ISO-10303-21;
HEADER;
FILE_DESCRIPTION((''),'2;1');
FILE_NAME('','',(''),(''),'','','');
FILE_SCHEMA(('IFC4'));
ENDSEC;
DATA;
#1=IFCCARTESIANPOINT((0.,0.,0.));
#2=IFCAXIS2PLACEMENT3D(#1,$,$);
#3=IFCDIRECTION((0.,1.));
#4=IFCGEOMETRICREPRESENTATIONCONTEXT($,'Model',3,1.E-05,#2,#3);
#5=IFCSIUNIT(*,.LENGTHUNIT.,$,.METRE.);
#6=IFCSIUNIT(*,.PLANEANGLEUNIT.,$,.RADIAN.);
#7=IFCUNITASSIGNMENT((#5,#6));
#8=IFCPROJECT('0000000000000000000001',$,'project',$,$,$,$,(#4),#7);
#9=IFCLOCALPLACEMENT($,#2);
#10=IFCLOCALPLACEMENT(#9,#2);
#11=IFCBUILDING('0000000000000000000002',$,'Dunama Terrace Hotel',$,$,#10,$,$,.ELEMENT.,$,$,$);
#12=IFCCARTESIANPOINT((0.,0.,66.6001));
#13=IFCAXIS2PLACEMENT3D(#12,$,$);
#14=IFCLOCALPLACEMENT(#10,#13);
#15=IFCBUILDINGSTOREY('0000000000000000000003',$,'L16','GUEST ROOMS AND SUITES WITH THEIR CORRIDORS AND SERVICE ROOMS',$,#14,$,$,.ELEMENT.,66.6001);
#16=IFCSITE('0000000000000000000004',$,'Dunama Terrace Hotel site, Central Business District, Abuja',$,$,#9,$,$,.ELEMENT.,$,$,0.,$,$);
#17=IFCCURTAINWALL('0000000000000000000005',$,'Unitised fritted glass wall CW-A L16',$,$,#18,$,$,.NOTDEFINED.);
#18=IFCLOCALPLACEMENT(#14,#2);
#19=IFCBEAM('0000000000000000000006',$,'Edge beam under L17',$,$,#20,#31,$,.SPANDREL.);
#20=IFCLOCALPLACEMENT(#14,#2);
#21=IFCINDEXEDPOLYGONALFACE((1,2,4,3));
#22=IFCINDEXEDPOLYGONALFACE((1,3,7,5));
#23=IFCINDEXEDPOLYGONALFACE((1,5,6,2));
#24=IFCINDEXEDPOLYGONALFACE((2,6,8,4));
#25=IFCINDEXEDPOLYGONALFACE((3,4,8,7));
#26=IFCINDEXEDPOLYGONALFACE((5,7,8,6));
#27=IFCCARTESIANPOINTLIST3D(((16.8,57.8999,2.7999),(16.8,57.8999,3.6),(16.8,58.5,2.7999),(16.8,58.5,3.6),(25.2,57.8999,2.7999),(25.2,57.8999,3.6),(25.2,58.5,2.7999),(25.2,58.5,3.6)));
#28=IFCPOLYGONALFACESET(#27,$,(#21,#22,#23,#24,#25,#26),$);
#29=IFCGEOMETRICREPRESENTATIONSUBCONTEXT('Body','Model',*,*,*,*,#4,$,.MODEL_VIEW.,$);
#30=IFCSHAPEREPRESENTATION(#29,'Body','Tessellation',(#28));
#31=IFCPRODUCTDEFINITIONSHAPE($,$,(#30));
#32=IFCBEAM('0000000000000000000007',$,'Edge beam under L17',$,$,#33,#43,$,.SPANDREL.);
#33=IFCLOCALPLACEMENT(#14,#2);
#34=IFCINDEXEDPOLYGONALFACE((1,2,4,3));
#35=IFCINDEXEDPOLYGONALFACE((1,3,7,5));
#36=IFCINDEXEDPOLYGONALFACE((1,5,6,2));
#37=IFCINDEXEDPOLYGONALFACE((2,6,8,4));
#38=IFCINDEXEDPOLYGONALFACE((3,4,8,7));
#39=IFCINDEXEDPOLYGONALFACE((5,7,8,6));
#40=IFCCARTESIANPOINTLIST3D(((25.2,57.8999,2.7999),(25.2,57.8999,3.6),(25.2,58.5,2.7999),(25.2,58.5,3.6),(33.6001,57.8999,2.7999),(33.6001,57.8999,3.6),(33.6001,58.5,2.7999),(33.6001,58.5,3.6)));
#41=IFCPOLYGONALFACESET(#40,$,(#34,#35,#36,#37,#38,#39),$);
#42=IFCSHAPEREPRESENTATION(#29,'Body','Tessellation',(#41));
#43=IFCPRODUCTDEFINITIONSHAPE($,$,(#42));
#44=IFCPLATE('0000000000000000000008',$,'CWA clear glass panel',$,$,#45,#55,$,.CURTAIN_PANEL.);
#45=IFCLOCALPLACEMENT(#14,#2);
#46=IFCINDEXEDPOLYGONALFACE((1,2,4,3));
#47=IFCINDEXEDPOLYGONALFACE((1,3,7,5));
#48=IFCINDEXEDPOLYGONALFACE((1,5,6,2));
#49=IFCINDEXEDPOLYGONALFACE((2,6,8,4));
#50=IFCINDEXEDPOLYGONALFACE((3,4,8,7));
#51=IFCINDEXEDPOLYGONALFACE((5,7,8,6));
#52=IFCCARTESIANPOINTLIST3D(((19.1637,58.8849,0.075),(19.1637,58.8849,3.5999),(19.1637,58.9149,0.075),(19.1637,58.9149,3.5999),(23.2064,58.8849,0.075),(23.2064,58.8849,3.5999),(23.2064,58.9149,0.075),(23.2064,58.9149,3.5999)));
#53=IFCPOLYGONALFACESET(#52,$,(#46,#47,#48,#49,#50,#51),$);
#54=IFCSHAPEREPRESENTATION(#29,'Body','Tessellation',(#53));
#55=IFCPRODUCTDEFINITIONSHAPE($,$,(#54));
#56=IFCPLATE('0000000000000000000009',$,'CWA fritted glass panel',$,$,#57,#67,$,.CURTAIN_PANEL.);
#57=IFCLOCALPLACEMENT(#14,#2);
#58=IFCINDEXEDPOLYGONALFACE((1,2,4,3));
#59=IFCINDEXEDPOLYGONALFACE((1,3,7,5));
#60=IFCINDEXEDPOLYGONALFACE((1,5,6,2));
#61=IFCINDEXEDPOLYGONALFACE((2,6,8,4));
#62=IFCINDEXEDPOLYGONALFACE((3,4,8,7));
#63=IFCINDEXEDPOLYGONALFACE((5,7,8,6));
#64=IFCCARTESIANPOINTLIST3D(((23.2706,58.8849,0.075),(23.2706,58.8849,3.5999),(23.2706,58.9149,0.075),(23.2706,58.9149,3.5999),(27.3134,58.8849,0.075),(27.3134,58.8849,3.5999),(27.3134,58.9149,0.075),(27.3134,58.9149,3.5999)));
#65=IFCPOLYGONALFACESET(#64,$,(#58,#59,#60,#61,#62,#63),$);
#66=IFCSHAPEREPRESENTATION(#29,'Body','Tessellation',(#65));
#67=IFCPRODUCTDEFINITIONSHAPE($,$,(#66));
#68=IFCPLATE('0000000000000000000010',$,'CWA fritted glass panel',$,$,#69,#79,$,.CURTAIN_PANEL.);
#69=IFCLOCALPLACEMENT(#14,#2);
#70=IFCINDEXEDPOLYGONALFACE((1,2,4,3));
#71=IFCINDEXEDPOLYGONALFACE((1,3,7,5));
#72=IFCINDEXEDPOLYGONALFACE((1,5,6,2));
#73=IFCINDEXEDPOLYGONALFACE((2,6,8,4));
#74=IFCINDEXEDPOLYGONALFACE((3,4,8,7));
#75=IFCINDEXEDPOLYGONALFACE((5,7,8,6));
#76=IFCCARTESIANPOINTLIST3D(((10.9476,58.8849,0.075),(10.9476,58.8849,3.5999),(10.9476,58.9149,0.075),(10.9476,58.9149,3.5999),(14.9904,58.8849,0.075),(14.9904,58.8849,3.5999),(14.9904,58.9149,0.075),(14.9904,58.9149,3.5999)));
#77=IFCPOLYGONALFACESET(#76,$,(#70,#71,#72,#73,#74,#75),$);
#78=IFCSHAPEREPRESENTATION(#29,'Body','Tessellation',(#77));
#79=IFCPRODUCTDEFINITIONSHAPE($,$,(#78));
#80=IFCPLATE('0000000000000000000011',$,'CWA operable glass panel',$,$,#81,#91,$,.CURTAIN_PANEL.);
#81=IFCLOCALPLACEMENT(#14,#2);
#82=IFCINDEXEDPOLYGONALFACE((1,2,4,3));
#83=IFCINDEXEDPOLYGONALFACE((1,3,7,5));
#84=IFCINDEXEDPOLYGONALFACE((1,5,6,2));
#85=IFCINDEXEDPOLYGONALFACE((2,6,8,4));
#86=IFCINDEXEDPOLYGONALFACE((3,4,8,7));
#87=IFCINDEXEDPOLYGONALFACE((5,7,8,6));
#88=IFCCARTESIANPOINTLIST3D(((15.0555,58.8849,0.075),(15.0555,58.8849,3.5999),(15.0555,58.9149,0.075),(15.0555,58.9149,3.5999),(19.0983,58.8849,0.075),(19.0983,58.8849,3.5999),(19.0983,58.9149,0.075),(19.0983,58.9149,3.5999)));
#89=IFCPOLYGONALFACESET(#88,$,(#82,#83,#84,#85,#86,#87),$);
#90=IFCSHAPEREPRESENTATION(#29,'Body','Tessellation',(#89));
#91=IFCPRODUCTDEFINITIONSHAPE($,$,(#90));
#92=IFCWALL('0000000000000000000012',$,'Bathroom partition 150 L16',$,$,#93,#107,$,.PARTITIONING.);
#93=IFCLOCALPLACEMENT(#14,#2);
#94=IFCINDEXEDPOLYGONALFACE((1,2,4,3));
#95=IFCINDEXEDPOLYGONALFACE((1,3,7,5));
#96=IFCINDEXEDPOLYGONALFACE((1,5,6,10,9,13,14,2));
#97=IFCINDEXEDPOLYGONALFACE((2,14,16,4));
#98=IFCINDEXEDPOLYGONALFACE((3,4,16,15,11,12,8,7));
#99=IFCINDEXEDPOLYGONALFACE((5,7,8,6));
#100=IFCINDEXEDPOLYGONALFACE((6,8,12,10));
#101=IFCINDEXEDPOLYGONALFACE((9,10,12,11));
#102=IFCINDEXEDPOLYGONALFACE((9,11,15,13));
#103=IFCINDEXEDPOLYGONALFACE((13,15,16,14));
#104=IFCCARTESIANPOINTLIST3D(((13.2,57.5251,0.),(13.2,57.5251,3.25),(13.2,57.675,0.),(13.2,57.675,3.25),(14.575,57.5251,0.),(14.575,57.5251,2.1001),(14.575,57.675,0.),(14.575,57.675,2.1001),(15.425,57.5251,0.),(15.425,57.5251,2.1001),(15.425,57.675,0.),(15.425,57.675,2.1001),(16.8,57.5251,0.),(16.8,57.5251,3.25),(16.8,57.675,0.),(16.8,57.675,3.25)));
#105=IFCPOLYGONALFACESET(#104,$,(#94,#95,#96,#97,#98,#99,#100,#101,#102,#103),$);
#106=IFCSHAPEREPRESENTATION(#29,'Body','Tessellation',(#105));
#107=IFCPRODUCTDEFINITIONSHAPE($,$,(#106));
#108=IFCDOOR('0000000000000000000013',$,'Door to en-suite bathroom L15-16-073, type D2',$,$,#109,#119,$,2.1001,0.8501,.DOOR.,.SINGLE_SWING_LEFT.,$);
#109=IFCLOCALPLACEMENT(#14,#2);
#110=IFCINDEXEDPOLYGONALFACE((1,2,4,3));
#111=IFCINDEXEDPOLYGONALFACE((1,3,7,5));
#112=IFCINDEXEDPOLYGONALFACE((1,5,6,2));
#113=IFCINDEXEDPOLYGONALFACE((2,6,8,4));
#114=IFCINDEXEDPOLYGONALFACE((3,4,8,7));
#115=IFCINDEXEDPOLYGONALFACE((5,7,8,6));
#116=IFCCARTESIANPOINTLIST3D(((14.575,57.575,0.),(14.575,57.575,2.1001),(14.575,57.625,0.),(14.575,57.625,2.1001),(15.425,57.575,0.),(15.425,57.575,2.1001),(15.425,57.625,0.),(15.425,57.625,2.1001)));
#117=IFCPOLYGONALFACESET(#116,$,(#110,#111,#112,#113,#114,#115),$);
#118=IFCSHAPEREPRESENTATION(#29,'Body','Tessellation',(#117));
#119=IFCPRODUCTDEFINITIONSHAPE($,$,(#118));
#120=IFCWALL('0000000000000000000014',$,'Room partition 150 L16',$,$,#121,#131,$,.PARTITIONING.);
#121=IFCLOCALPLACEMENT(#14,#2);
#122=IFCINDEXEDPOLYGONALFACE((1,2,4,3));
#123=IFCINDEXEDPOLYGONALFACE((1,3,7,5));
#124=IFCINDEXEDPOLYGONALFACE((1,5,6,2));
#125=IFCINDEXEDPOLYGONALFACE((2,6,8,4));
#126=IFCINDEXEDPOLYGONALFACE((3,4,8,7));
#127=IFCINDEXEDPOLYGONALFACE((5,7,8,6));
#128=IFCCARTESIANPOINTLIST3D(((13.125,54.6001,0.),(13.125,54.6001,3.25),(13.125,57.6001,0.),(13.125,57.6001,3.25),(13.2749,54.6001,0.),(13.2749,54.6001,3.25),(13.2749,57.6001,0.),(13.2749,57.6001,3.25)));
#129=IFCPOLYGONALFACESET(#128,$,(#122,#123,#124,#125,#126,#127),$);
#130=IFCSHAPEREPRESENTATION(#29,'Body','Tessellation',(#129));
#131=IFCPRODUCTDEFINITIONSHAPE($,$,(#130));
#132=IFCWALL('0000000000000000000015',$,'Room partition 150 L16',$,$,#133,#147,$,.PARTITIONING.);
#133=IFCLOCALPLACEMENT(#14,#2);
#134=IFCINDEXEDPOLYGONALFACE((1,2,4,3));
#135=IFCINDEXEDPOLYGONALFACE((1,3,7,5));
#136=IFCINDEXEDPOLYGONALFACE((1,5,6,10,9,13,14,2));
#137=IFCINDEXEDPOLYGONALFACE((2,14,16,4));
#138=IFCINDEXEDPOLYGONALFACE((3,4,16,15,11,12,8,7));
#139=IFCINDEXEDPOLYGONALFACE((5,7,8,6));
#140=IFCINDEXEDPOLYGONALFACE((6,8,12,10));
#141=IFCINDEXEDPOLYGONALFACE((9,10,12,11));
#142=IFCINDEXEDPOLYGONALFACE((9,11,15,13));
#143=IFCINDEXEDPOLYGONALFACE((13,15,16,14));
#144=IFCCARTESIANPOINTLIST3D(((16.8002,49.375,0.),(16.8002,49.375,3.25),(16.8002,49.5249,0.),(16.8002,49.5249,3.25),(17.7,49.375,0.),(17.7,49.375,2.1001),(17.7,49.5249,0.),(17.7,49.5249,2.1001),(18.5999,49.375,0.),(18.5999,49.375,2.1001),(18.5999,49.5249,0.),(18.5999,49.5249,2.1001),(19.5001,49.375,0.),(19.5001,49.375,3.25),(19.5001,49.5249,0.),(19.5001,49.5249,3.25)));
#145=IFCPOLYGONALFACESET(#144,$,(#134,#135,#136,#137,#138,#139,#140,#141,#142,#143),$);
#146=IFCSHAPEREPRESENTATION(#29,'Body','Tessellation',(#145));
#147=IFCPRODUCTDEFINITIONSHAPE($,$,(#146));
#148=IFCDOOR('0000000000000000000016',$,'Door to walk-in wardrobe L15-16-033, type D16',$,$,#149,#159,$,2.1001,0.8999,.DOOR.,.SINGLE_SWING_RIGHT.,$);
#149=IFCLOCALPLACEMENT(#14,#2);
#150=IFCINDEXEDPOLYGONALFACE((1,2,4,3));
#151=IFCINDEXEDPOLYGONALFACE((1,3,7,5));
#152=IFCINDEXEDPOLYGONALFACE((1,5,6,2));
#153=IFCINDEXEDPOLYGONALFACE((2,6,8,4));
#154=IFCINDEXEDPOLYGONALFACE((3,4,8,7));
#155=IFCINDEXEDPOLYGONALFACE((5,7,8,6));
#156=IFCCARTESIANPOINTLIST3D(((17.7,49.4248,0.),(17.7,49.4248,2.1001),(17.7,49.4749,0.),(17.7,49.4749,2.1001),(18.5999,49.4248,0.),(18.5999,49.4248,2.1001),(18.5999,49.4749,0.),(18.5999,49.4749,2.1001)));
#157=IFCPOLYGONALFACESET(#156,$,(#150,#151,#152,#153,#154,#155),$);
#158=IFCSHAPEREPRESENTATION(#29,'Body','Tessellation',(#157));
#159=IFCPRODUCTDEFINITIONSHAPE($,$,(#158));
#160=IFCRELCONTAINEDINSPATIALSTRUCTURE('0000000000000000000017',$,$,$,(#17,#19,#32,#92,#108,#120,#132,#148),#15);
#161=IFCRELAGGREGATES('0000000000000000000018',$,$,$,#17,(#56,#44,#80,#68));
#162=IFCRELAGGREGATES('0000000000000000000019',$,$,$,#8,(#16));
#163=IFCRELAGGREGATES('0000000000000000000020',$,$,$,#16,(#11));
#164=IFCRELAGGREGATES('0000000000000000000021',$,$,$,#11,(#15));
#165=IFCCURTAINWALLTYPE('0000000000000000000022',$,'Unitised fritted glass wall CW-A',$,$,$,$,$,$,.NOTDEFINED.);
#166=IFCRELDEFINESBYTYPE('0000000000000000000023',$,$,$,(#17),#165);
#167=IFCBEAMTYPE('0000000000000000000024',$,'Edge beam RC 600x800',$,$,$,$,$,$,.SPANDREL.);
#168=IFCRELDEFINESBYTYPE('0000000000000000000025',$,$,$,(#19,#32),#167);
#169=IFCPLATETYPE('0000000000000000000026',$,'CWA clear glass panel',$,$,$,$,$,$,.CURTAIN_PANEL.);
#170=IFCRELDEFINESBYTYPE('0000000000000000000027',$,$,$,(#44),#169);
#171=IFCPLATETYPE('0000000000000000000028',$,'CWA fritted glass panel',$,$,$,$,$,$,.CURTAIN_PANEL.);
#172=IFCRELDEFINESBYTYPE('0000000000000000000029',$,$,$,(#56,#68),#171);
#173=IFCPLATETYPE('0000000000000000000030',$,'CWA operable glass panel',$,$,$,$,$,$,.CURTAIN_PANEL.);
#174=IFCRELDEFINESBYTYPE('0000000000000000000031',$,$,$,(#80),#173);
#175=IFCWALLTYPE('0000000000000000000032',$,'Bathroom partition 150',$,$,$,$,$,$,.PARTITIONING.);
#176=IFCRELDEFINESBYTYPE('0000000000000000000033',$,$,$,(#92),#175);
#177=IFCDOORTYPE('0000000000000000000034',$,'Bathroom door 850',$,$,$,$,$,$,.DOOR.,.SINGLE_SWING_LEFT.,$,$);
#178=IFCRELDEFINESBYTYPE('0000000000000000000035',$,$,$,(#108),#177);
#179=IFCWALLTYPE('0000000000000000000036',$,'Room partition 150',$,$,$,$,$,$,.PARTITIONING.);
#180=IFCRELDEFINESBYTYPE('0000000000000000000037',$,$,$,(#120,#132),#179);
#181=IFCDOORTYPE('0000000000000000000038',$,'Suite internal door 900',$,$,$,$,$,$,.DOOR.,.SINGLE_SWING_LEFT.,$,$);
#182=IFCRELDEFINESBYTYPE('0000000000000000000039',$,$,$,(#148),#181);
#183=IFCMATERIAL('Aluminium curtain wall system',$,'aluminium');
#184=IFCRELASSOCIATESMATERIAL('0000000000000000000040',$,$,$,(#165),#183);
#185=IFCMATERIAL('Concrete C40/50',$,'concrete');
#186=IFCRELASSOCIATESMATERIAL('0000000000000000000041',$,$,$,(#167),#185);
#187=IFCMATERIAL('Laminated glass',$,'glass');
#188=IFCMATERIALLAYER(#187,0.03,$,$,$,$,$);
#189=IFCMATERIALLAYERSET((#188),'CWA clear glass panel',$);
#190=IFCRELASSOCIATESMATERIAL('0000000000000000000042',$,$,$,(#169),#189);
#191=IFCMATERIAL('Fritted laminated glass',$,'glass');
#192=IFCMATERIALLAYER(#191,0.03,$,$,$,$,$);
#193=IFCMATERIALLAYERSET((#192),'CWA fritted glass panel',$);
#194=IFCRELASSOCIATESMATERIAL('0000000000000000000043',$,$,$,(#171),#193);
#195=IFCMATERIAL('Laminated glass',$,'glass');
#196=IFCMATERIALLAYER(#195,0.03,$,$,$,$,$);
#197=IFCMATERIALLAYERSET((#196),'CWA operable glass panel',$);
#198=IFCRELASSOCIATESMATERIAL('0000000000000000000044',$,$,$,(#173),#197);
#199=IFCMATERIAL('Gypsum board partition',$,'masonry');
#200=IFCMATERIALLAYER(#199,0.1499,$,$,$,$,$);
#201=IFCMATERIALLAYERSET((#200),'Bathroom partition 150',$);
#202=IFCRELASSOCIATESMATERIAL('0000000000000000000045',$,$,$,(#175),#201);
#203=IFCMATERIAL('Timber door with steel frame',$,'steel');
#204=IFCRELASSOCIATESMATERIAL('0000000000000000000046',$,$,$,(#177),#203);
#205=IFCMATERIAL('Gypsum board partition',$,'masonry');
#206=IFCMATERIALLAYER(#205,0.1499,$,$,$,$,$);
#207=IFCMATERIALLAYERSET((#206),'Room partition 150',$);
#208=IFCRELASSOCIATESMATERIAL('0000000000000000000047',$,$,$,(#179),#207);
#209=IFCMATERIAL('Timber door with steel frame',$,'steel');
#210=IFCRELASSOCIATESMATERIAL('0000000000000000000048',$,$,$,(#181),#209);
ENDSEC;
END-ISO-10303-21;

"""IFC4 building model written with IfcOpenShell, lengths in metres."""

from ifc_helpers import new_model, si_unit, direction, frame, frame_2d, origin, origin_2d, place, context, subcontext, project, spatial, rectangle, extrude, material, layer, layer_set, material_profile, profile_set, type_object, element, fill, aggregate, save


model = new_model("IFC4")

# Units and contexts
model_context = context("Model", 3, precision=1e-05, world=origin(), true_north=direction((0.0, 1.0)))
body_context = subcontext(model_context, "Body", "Model", "MODEL_VIEW")
ifc_project = project(units=[si_unit("LENGTHUNIT", "METRE"), si_unit("PLANEANGLEUNIT", "RADIAN")], contexts=[model_context])

# Site, building, storey
site_placement = place(None, origin())
site = spatial("IfcSite", under=ifc_project, at=site_placement, Name="Dunama Terrace Hotel site, Central Business District, Abuja", CompositionType="ELEMENT", RefElevation=0.0)
building_placement = place(site_placement, origin())
building = spatial("IfcBuilding", under=site, at=building_placement, Name="Dunama Terrace Hotel", CompositionType="ELEMENT")
storey_placement = place(building_placement, frame((0.0, 0.0, 66.6001)))
storey = spatial("IfcBuildingStorey", under=building, at=storey_placement, Name="L16", Description="GUEST ROOMS AND SUITES WITH THEIR CORRIDORS AND SERVICE ROOMS", CompositionType="ELEMENT", Elevation=66.6001)

# Curtain wall
ifc_material_1 = material(Name="Aluminium curtain wall system", Category="aluminium")
curtain_wall_type = type_object("IfcCurtainWallType", Name="Unitised fritted glass wall CW-A", PredefinedType="NOTDEFINED", material=ifc_material_1)
curtain_wall_placement = place(storey_placement, origin())
curtain_wall = element("IfcCurtainWall", 1, at=curtain_wall_placement, inside=storey, type_object=curtain_wall_type, Name="Unitised fritted glass wall CW-A L16", PredefinedType="NOTDEFINED")

# Beams
ifc_material_2 = material(Name="Concrete C40/50", Category="concrete")
ifc_material_profile_1 = material_profile(ifc_material_2, rectangle(XDim=0.6001, YDim=0.8, at=origin_2d()), Name="RC 600x800")
ifc_profile_set_1 = profile_set([ifc_material_profile_1], Name="Concrete C40/50")
beam_type = type_object("IfcBeamType", Name="Edge beam RC 600x800", PredefinedType="SPANDREL", material=ifc_profile_set_1)
beam_1_placement = place(storey_placement, frame((16.8, 58.2, 3.2), z_axis=(1.0, 0.0, 0.0), x_axis=(0.0, 1.0, 0.0)))
element("IfcBeam", 2, at=beam_1_placement, inside=storey, type_object=beam_type, Name="Edge beam under L17", PredefinedType="SPANDREL", context=body_context, shape_type="SweptSolid", body=[
    extrude(rectangle(XDim=0.6001, YDim=0.8, at=origin_2d()), origin(), (0.0, 0.0, 1.0), 8.3999),
])
beam_2_placement = place(storey_placement, frame((25.2, 58.2, 3.2), z_axis=(1.0, 0.0, 0.0), x_axis=(0.0, 1.0, 0.0)))
element("IfcBeam", 3, at=beam_2_placement, inside=storey, type_object=beam_type, Name="Edge beam under L17", PredefinedType="SPANDREL", context=body_context, shape_type="SweptSolid", body=[
    extrude(rectangle(XDim=0.6001, YDim=0.8, at=origin_2d()), origin(), (0.0, 0.0, 1.0), 8.4001),
])

# Plates
ifc_material_3 = material(Name="Laminated glass", Category="glass")
ifc_layer_1 = layer(ifc_material_3, 0.03)
ifc_layer_set_1 = layer_set([ifc_layer_1], Name="CWA clear glass panel")
plate_type_1 = type_object("IfcPlateType", Name="CWA clear glass panel", PredefinedType="CURTAIN_PANEL", material=ifc_layer_set_1)
plate_1_placement = place(storey_placement, frame((21.1851, 58.8999, 0.075), z_axis=(0.0, 0.0, 1.0), x_axis=(-1.0, 0.0, 0.0)))
plate_1 = element("IfcPlate", 4, at=plate_1_placement, type_object=plate_type_1, Name="CWA clear glass panel", PredefinedType="CURTAIN_PANEL", context=body_context, shape_type="SweptSolid", body=[
    extrude(rectangle(XDim=4.0427, YDim=0.03, at=origin_2d()), origin(), (0.0, 0.0, 1.0), 3.5249),
])
ifc_material_4 = material(Name="Fritted laminated glass", Category="glass")
ifc_layer_2 = layer(ifc_material_4, 0.03)
ifc_layer_set_2 = layer_set([ifc_layer_2], Name="CWA fritted glass panel")
plate_type_2 = type_object("IfcPlateType", Name="CWA fritted glass panel", PredefinedType="CURTAIN_PANEL", material=ifc_layer_set_2)
plate_2_placement = place(storey_placement, frame((25.292, 58.8999, 0.075), z_axis=(0.0, 0.0, 1.0), x_axis=(-1.0, 0.0, 0.0)))
plate_2 = element("IfcPlate", 5, at=plate_2_placement, type_object=plate_type_2, Name="CWA fritted glass panel", PredefinedType="CURTAIN_PANEL", context=body_context, shape_type="SweptSolid", body=[
    extrude(rectangle(XDim=4.0427, YDim=0.03, at=origin_2d()), origin(), (0.0, 0.0, 1.0), 3.5249),
])
plate_3_placement = place(storey_placement, frame((12.969, 58.8999, 0.075), z_axis=(0.0, 0.0, 1.0), x_axis=(-1.0, 0.0, 0.0)))
plate_3 = element("IfcPlate", 6, at=plate_3_placement, type_object=plate_type_2, Name="CWA fritted glass panel", PredefinedType="CURTAIN_PANEL", context=body_context, shape_type="SweptSolid", body=[
    extrude(rectangle(XDim=4.0427, YDim=0.03, at=origin_2d()), origin(), (0.0, 0.0, 1.0), 3.5249),
])
ifc_material_5 = material(Name="Laminated glass", Category="glass")
ifc_layer_3 = layer(ifc_material_5, 0.03)
ifc_layer_set_3 = layer_set([ifc_layer_3], Name="CWA operable glass panel")
plate_type_3 = type_object("IfcPlateType", Name="CWA operable glass panel", PredefinedType="CURTAIN_PANEL", material=ifc_layer_set_3)
plate_4_placement = place(storey_placement, frame((17.0769, 58.8999, 0.075), z_axis=(0.0, 0.0, 1.0), x_axis=(-1.0, 0.0, 0.0)))
plate_4 = element("IfcPlate", 7, at=plate_4_placement, type_object=plate_type_3, Name="CWA operable glass panel", PredefinedType="CURTAIN_PANEL", context=body_context, shape_type="SweptSolid", body=[
    extrude(rectangle(XDim=4.0427, YDim=0.03, at=origin_2d()), origin(), (0.0, 0.0, 1.0), 3.5249),
])
aggregate(curtain_wall, [plate_2, plate_1, plate_4, plate_3])

# Wall, opening, door
ifc_material_6 = material(Name="Gypsum board partition", Category="masonry")
ifc_layer_4 = layer(ifc_material_6, 0.1499)
ifc_layer_set_4 = layer_set([ifc_layer_4], Name="Bathroom partition 150")
wall_type_1 = type_object("IfcWallType", Name="Bathroom partition 150", PredefinedType="PARTITIONING", material=ifc_layer_set_4)
wall_1_placement = place(storey_placement, frame((13.2, 57.6001, 0.0), z_axis=(0.0, 0.0, 1.0), x_axis=(1.0, 0.0, 0.0)))
wall_1 = element("IfcWall", 8, at=wall_1_placement, inside=storey, type_object=wall_type_1, Name="Bathroom partition 150 L16", PredefinedType="PARTITIONING", context=body_context, shape_type="SweptSolid", body=[
    extrude(rectangle(XDim=3.6001, YDim=0.1499, at=frame_2d((1.8, 0.0))), origin(), (0.0, 0.0, 1.0), 3.25),
])
opening_1_placement = place(wall_1_placement, frame((1.375, 0.0, 0.0)))
opening_1 = element("IfcOpeningElement", 9, at=opening_1_placement, cuts=wall_1, PredefinedType="OPENING", context=body_context, shape_type="SweptSolid", body=[
    extrude(rectangle(XDim=0.8501, YDim=2.1001, at=frame_2d((0.425, 1.05))), frame((0.0, 0.085, 0.0), z_axis=(0.0, -1.0, 0.0), x_axis=(1.0, 0.0, 0.0)), (0.0, 0.0, 1.0), 0.1699),
])
ifc_material_7 = material(Name="Timber door with steel frame", Category="steel")
door_type_1 = type_object("IfcDoorType", Name="Bathroom door 850", OperationType="SINGLE_SWING_LEFT", PredefinedType="DOOR", material=ifc_material_7)
door_1_placement = place(opening_1_placement, frame((0.8501, 0.0, 0.0), z_axis=(0.0, 0.0, 1.0), x_axis=(-1.0, 0.0, 0.0)))
door_1 = element("IfcDoor", 10, at=door_1_placement, inside=storey, type_object=door_type_1, Name="Door to en-suite bathroom L15-16-073, type D2", OperationType="SINGLE_SWING_LEFT", OverallHeight=2.1001, OverallWidth=0.8501, PredefinedType="DOOR", context=body_context, shape_type="SweptSolid", body=[
    extrude(rectangle(XDim=0.8501, YDim=2.1001, at=frame_2d((0.425, 1.05))), frame((0.0, 0.0251, 0.0), z_axis=(0.0, -1.0, 0.0), x_axis=(1.0, 0.0, 0.0)), (0.0, 0.0, 1.0), 0.05),
])
fill(opening_1, door_1)

# Wall
ifc_material_8 = material(Name="Gypsum board partition", Category="masonry")
ifc_layer_5 = layer(ifc_material_8, 0.1499)
ifc_layer_set_5 = layer_set([ifc_layer_5], Name="Room partition 150")
wall_type_2 = type_object("IfcWallType", Name="Room partition 150", PredefinedType="PARTITIONING", material=ifc_layer_set_5)
wall_2_placement = place(storey_placement, frame((13.2, 54.6001, 0.0), z_axis=(0.0, 0.0, 1.0), x_axis=(0.0, 1.0, 0.0)))
element("IfcWall", 11, at=wall_2_placement, inside=storey, type_object=wall_type_2, Name="Room partition 150 L16", PredefinedType="PARTITIONING", context=body_context, shape_type="SweptSolid", body=[
    extrude(rectangle(XDim=3.0, YDim=0.1499, at=frame_2d((1.5, 0.0))), origin(), (0.0, 0.0, 1.0), 3.25),
])

# Wall, opening, door
wall_3_placement = place(storey_placement, frame((16.8, 49.45, 0.0), z_axis=(0.0, 0.0, 1.0), x_axis=(1.0, 0.0, 0.0)))
wall_3 = element("IfcWall", 12, at=wall_3_placement, inside=storey, type_object=wall_type_2, Name="Room partition 150 L16", PredefinedType="PARTITIONING", context=body_context, shape_type="SweptSolid", body=[
    extrude(rectangle(XDim=2.7, YDim=0.1499, at=frame_2d((1.3501, 0.0))), origin(), (0.0, 0.0, 1.0), 3.25),
])
opening_2_placement = place(wall_3_placement, frame((0.8999, 0.0, 0.0)))
opening_2 = element("IfcOpeningElement", 13, at=opening_2_placement, cuts=wall_3, PredefinedType="OPENING", context=body_context, shape_type="SweptSolid", body=[
    extrude(rectangle(XDim=0.8999, YDim=2.1001, at=frame_2d((0.45, 1.05))), frame((0.0, 0.085, 0.0), z_axis=(0.0, -1.0, 0.0), x_axis=(1.0, 0.0, 0.0)), (0.0, 0.0, 1.0), 0.1699),
])
ifc_material_9 = material(Name="Timber door with steel frame", Category="steel")
door_type_2 = type_object("IfcDoorType", Name="Suite internal door 900", OperationType="SINGLE_SWING_LEFT", PredefinedType="DOOR", material=ifc_material_9)
door_2_placement = place(opening_2_placement, frame((0.8999, 0.0, 0.0), z_axis=(0.0, 0.0, 1.0), x_axis=(-1.0, 0.0, 0.0)))
door_2 = element("IfcDoor", 14, at=door_2_placement, inside=storey, type_object=door_type_2, Name="Door to walk-in wardrobe L15-16-033, type D16", OperationType="SINGLE_SWING_RIGHT", OverallHeight=2.1001, OverallWidth=0.8999, PredefinedType="DOOR", context=body_context, shape_type="SweptSolid", body=[
    extrude(rectangle(XDim=0.8999, YDim=2.1001, at=frame_2d((0.45, 1.05))), frame((0.0, 0.0251, 0.0), z_axis=(0.0, -1.0, 0.0), x_axis=(1.0, 0.0, 0.0)), (0.0, 0.0, 1.0), 0.05),
])
fill(opening_2, door_2)

save(model, "model.ifc")
